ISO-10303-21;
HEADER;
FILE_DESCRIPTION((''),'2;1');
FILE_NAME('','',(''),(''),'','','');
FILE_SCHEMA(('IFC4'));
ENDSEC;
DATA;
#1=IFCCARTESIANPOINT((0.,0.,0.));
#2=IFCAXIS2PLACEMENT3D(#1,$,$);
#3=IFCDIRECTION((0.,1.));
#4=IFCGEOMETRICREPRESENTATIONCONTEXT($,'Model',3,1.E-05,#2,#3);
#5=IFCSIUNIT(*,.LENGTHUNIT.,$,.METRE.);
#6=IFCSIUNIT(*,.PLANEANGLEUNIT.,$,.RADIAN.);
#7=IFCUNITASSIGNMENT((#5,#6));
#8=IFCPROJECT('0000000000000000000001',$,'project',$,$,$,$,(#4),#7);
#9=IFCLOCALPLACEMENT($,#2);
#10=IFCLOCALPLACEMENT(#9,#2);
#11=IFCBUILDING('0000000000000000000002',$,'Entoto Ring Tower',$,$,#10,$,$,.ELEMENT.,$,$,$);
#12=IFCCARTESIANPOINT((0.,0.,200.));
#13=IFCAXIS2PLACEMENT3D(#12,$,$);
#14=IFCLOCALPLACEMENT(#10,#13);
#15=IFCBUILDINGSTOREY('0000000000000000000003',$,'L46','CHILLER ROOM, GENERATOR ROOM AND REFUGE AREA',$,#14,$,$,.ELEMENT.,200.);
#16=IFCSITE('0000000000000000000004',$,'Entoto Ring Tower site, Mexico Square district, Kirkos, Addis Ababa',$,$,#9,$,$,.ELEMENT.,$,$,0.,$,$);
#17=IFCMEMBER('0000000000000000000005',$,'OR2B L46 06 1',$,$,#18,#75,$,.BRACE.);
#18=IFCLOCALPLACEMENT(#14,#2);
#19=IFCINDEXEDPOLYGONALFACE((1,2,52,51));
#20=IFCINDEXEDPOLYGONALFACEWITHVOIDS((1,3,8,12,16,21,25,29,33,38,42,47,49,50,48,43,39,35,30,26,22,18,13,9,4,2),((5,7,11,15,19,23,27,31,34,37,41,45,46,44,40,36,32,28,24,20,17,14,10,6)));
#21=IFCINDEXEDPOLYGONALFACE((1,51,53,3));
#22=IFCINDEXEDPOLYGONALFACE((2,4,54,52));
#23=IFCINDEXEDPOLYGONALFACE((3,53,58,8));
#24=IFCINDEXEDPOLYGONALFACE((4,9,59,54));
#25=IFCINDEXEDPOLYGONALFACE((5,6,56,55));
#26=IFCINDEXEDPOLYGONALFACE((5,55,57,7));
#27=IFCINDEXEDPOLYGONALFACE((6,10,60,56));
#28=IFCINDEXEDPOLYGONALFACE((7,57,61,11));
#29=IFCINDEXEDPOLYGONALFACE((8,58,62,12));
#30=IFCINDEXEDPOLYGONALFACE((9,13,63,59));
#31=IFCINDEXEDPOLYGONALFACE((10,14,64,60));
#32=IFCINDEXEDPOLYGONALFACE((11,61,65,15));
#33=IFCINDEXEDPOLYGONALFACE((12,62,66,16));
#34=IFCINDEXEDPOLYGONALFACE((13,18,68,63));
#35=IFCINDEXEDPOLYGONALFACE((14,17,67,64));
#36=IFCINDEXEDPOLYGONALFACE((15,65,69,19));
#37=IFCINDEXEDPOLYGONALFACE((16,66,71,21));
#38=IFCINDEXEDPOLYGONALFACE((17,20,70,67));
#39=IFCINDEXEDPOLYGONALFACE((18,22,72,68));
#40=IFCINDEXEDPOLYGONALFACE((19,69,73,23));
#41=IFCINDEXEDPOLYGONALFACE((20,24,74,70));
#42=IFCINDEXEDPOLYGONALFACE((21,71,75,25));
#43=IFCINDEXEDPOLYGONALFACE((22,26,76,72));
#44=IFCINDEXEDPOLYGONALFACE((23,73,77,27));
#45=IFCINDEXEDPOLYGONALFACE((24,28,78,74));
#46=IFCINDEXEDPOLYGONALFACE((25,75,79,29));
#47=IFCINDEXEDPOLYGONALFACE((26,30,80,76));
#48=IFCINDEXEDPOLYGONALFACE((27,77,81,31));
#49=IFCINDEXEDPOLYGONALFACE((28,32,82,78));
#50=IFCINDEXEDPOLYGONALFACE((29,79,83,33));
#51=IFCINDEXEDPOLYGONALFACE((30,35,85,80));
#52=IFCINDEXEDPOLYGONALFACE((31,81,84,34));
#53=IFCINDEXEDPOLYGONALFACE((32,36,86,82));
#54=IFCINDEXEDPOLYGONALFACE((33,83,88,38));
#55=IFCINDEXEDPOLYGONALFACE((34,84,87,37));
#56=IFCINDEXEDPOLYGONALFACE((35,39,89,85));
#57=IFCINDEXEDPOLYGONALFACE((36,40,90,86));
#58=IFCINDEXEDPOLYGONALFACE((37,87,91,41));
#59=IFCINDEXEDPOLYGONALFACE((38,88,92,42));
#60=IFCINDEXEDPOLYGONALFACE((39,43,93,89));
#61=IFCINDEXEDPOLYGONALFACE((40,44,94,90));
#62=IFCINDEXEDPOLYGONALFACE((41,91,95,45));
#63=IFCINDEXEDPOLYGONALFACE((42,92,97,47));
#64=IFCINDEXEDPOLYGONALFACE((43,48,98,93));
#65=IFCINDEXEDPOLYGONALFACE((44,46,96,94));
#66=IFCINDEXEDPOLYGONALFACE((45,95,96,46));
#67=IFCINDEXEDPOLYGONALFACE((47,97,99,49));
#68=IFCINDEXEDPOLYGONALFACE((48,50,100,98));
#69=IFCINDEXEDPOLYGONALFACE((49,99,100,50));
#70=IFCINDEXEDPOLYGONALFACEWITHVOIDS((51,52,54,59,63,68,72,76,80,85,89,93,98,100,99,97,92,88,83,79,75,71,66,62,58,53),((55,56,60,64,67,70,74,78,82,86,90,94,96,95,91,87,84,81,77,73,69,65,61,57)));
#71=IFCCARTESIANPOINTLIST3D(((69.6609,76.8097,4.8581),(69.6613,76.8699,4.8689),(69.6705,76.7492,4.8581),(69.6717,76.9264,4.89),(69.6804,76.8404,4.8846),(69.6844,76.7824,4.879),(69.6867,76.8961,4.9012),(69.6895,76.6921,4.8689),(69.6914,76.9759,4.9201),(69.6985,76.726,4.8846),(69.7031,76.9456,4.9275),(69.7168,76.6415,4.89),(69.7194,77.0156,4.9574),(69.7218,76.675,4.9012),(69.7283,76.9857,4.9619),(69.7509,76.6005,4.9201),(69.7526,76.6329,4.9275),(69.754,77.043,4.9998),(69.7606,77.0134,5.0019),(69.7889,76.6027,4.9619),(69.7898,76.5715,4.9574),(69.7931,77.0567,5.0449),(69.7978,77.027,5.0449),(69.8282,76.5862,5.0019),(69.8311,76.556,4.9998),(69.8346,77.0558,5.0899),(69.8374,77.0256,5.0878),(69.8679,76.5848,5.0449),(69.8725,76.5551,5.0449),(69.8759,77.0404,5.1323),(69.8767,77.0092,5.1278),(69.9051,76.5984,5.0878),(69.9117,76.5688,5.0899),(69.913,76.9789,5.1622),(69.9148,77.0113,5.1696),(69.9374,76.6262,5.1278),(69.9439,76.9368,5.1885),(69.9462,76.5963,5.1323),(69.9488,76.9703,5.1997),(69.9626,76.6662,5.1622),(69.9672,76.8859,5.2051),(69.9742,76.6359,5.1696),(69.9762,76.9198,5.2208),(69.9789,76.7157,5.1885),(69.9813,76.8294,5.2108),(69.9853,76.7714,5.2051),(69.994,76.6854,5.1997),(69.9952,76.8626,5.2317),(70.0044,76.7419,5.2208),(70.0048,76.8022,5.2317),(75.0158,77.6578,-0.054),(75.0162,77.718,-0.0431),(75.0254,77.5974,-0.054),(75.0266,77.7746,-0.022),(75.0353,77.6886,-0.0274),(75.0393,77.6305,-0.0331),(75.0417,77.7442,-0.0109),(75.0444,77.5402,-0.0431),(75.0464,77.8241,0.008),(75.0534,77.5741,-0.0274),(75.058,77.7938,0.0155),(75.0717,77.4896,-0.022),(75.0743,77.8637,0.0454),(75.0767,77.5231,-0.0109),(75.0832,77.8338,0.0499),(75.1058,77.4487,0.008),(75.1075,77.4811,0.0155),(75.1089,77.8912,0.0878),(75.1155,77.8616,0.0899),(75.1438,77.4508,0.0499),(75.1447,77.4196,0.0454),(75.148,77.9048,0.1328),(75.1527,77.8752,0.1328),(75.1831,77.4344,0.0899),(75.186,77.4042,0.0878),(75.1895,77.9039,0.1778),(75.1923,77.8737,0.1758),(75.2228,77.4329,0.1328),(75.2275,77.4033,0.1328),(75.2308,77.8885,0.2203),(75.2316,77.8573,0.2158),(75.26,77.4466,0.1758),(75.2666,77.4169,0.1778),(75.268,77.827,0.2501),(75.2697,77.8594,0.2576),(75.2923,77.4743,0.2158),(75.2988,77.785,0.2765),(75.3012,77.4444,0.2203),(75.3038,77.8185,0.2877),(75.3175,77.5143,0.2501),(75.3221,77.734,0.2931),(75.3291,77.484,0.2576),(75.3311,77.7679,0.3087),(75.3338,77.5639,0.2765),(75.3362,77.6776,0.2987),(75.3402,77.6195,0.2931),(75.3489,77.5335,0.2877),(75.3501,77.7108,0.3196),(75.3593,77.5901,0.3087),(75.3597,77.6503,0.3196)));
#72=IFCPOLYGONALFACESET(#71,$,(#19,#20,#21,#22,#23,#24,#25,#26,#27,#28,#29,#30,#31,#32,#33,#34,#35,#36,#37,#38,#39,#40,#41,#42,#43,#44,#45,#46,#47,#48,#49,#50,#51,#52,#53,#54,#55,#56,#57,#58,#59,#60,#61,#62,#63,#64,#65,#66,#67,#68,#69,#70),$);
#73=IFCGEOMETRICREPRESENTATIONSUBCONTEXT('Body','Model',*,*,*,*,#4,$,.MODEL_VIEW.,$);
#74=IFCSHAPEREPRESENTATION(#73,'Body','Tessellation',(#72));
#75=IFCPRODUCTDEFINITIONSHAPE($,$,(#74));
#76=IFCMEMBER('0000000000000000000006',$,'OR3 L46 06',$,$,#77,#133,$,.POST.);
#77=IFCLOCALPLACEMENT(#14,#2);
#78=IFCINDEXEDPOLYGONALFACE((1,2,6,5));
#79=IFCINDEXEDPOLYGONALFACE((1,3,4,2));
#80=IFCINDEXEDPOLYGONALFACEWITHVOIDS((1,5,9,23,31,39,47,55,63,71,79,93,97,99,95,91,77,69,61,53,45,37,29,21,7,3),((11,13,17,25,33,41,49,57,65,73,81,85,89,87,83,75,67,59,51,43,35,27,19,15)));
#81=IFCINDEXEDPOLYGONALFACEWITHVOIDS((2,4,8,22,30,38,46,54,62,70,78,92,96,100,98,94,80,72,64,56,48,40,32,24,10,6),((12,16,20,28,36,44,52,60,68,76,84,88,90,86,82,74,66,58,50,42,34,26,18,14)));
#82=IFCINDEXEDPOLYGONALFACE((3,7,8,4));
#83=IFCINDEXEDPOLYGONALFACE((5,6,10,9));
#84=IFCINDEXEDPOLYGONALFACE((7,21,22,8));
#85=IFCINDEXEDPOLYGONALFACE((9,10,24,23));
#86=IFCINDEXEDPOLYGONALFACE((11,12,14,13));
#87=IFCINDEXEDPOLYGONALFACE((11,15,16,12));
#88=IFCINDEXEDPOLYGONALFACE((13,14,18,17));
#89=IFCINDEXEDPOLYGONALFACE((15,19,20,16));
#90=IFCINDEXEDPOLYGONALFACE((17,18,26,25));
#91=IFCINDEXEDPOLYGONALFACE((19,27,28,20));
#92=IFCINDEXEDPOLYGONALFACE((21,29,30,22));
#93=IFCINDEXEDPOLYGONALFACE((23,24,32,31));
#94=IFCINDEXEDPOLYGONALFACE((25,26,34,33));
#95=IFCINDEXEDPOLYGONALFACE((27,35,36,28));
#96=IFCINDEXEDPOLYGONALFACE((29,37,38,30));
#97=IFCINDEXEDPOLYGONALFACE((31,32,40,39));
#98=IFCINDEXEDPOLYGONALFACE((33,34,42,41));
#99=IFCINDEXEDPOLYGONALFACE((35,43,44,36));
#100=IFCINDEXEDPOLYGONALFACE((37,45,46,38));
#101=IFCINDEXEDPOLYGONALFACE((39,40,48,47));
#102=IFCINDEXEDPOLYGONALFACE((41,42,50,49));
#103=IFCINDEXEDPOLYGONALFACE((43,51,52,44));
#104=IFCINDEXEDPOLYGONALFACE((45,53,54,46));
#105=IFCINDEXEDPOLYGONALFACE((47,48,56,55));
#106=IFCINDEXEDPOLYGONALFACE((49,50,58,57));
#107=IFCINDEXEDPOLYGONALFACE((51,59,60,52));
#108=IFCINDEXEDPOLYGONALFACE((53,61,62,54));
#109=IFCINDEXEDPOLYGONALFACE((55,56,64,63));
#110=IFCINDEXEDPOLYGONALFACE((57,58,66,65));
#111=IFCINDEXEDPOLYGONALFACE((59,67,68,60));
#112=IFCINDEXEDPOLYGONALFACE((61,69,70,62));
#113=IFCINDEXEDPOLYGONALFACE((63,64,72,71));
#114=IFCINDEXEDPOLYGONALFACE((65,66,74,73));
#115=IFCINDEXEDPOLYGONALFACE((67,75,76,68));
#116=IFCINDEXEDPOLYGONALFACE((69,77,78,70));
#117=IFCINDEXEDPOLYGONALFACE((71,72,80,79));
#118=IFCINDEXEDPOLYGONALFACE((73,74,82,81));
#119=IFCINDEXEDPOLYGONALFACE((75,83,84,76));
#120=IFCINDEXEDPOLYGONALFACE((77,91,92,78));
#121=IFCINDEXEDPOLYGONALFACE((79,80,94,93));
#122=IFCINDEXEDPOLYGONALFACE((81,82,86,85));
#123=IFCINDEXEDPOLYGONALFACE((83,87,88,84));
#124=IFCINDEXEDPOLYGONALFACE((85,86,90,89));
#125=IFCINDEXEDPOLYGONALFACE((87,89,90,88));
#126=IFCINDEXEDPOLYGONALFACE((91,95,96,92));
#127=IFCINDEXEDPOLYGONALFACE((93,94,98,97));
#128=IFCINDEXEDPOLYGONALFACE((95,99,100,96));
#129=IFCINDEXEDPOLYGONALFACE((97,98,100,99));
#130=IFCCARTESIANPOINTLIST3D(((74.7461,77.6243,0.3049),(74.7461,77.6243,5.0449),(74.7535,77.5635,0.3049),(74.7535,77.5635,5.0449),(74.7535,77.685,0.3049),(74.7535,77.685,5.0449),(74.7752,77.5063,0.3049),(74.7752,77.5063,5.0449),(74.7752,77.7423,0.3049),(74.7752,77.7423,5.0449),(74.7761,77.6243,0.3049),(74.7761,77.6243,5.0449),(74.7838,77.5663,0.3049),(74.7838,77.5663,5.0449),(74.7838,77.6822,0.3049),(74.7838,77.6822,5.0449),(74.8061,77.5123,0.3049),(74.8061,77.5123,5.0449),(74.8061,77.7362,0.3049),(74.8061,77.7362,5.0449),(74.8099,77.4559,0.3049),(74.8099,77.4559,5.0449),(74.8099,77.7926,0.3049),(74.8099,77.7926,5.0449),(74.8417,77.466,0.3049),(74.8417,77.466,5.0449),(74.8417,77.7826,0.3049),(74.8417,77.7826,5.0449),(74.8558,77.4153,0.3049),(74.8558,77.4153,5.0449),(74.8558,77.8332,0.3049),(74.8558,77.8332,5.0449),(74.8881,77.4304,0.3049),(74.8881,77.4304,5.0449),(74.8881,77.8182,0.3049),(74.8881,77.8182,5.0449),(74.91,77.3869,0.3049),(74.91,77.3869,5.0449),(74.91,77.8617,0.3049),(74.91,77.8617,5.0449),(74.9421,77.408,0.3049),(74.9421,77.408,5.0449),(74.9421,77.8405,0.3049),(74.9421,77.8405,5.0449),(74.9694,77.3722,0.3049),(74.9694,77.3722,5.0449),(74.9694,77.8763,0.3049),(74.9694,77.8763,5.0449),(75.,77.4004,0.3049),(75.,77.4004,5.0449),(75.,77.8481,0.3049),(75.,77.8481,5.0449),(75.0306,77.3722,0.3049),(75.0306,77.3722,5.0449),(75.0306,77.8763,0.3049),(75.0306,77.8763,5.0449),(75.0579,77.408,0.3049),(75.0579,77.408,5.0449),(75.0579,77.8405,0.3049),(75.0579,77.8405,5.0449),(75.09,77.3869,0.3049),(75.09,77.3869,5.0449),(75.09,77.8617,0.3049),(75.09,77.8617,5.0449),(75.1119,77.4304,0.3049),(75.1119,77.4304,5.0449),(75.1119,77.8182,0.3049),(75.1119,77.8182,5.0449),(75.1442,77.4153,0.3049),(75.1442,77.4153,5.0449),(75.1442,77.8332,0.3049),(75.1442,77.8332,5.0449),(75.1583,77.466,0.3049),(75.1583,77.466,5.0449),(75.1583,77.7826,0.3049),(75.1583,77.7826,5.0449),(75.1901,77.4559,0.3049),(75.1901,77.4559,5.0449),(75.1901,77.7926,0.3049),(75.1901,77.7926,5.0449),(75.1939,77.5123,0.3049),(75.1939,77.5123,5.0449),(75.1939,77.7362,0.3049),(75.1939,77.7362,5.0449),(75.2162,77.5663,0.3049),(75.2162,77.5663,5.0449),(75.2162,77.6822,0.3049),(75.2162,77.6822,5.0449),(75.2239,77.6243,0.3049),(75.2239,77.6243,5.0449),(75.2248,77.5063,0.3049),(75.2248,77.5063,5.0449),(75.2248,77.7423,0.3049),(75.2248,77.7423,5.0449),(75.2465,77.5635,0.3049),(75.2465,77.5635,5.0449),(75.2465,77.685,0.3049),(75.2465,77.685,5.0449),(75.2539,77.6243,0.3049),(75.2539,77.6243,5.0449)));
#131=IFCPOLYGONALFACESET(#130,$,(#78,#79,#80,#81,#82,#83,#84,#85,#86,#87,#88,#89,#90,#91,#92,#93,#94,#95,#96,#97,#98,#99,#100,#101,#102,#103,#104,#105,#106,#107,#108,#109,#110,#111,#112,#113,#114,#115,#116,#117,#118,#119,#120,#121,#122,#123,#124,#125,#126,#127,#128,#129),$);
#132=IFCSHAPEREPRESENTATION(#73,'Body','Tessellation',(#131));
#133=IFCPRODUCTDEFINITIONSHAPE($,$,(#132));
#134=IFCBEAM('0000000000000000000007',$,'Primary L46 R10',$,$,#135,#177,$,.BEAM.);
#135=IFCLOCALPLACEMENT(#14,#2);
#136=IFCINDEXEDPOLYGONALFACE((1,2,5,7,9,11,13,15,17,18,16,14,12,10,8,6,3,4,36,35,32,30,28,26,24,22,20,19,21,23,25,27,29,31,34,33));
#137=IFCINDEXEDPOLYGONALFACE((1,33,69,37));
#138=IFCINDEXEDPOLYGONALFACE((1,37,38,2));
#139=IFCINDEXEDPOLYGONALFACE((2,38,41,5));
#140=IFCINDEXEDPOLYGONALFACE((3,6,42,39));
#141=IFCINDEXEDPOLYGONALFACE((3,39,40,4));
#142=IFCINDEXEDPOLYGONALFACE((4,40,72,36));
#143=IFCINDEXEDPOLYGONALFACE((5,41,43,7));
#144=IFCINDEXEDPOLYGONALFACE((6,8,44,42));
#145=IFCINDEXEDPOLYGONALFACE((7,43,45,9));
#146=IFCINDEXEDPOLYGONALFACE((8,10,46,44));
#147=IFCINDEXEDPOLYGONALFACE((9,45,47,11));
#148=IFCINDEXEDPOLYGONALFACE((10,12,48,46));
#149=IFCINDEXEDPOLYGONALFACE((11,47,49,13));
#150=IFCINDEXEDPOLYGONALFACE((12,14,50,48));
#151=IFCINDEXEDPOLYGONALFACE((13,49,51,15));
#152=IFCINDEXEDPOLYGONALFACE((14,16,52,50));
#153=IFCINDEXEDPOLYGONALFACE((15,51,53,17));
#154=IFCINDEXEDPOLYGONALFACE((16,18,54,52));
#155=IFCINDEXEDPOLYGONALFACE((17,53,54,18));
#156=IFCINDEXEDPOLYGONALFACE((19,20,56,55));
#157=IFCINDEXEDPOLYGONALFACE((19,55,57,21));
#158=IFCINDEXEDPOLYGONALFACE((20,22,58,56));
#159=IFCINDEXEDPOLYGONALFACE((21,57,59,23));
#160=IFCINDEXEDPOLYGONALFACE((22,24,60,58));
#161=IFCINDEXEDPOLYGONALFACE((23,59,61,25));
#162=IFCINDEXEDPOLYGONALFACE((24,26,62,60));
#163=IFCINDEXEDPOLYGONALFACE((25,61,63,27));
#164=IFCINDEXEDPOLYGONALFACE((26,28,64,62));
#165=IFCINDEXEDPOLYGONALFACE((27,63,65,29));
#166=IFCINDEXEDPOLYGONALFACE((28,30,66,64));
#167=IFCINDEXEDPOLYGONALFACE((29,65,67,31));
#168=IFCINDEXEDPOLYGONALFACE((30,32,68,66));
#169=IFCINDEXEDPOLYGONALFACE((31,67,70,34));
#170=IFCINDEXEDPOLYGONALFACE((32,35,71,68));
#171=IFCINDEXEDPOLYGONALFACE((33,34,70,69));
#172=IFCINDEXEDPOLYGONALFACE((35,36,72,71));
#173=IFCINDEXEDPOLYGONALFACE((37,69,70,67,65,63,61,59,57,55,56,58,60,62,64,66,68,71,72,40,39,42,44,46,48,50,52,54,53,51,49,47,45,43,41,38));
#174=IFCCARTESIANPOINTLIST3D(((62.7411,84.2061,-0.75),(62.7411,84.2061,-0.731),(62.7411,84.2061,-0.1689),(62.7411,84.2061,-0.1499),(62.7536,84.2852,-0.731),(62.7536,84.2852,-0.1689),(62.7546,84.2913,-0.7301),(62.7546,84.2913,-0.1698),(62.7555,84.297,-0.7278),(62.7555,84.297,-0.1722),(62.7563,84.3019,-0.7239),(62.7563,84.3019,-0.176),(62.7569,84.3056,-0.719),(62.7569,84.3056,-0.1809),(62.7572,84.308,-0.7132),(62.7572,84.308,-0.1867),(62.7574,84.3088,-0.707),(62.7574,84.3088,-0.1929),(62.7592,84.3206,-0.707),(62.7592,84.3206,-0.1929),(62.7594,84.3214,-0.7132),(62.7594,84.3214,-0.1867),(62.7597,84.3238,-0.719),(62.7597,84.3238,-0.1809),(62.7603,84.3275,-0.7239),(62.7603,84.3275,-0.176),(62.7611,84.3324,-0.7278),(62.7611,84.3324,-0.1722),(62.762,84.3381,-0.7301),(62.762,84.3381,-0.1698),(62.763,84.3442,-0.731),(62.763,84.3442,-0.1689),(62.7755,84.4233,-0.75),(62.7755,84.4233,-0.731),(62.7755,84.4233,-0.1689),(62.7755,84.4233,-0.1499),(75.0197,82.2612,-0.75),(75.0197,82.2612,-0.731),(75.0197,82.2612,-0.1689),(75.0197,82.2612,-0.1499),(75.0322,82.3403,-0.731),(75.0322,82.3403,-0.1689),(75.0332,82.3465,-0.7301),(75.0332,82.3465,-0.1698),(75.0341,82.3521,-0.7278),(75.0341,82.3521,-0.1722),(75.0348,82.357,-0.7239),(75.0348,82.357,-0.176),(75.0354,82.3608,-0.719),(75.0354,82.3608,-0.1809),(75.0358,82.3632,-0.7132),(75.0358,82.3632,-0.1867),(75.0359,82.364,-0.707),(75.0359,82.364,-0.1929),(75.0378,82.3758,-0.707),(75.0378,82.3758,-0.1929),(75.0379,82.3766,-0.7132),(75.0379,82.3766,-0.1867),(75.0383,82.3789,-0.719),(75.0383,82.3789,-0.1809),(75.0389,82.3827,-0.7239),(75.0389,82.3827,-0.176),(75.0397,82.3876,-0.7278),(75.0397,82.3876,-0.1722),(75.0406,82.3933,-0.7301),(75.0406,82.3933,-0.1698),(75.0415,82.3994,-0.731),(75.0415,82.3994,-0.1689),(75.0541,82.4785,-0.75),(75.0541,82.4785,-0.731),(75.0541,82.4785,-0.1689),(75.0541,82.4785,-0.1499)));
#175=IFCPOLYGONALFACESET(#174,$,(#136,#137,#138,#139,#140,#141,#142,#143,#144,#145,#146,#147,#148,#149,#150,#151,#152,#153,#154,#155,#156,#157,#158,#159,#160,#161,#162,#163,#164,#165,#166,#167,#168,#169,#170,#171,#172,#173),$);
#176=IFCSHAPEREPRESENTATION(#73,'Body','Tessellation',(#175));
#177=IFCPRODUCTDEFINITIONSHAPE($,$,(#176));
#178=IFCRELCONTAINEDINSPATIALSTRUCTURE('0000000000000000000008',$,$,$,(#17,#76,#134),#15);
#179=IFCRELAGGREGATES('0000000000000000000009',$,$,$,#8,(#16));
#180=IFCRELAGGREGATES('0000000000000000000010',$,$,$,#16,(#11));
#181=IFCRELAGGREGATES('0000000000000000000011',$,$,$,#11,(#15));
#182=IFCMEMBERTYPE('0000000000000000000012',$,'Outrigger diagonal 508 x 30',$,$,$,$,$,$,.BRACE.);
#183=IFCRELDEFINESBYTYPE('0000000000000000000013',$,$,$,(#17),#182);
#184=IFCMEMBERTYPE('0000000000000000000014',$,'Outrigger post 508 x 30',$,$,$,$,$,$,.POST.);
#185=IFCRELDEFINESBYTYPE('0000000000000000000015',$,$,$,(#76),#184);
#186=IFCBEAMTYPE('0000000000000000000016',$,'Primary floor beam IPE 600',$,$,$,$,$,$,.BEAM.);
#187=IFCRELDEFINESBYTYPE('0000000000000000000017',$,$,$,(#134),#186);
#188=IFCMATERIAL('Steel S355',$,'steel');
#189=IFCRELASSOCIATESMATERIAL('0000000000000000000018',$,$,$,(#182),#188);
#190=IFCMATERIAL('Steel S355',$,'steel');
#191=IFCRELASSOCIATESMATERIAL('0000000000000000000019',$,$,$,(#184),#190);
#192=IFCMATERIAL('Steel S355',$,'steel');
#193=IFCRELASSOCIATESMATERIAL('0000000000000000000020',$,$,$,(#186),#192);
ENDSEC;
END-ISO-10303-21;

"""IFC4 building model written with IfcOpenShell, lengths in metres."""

from ifc_helpers import new_model, si_unit, direction, frame, origin, origin_2d, place, context, subcontext, project, spatial, circle, hollow_circle, i_section, extrude, material, material_profile, profile_set, type_object, element, save


model = new_model("IFC4")

# Units and contexts
model_context = context("Model", 3, precision=1e-05, world=origin(), true_north=direction((0.0, 1.0)))
body_context = subcontext(model_context, "Body", "Model", "MODEL_VIEW")
ifc_project = project(units=[si_unit("LENGTHUNIT", "METRE"), si_unit("PLANEANGLEUNIT", "RADIAN")], contexts=[model_context])

# Site, building, storey
site_placement = place(None, origin())
site = spatial("IfcSite", under=ifc_project, at=site_placement, Name="Entoto Ring Tower site, Mexico Square district, Kirkos, Addis Ababa", CompositionType="ELEMENT", RefElevation=0.0)
building_placement = place(site_placement, origin())
building = spatial("IfcBuilding", under=site, at=building_placement, Name="Entoto Ring Tower", CompositionType="ELEMENT")
storey_placement = place(building_placement, frame((0.0, 0.0, 200.0)))
storey = spatial("IfcBuildingStorey", under=building, at=storey_placement, Name="L46", Description="CHILLER ROOM, GENERATOR ROOM AND REFUGE AREA", CompositionType="ELEMENT", Elevation=200.0)

# Members
ifc_material_1 = material(Name="Steel S355", Category="steel")
ifc_material_profile_1 = material_profile(ifc_material_1, hollow_circle(Radius=0.2539, WallThickness=0.03, at=origin_2d()), Name="CHS 508 x 30")
ifc_material_2 = material(Name="Concrete C60/75", Category="concrete")
ifc_material_profile_2 = material_profile(ifc_material_2, circle(Radius=0.2241, at=origin_2d()), Name="Concrete C60/75 infill")
ifc_profile_set_1 = profile_set([ifc_material_profile_1, ifc_material_profile_2], Name="Steel S355")
member_type_1 = type_object("IfcMemberType", Name="Outrigger diagonal 508 x 30", PredefinedType="BRACE", material=ifc_profile_set_1)
member_1_placement = place(storey_placement, frame((75.1877, 77.6541, 0.1328), z_axis=(-0.731954, -0.11593, 0.671419), x_axis=(0.156434, -0.987688, 0.0)))
element("IfcMember", 1, at=member_1_placement, inside=storey, type_object=member_type_1, Name="OR2B L46 06 1", PredefinedType="BRACE", context=body_context, shape_type="SweptSolid", body=[
    extrude(hollow_circle(Radius=0.2539, WallThickness=0.03, at=origin_2d()), origin(), (0.0, 0.0, 1.0), 7.3159),
])
ifc_material_3 = material(Name="Steel S355", Category="steel")
ifc_material_profile_3 = material_profile(ifc_material_3, hollow_circle(Radius=0.2539, WallThickness=0.03, at=origin_2d()), Name="CHS 508 x 30")
ifc_material_4 = material(Name="Concrete C60/75", Category="concrete")
ifc_material_profile_4 = material_profile(ifc_material_4, circle(Radius=0.2241, at=origin_2d()), Name="Concrete C60/75 infill")
ifc_profile_set_2 = profile_set([ifc_material_profile_3, ifc_material_profile_4], Name="Steel S355")
member_type_2 = type_object("IfcMemberType", Name="Outrigger post 508 x 30", PredefinedType="POST", material=ifc_profile_set_2)
member_2_placement = place(storey_placement, frame((75.0, 77.6243, 0.3049), z_axis=(0.0, 0.0, 1.0), x_axis=(1.0, 0.0, 0.0)))
element("IfcMember", 2, at=member_2_placement, inside=storey, type_object=member_type_2, Name="OR3 L46 06", PredefinedType="POST", context=body_context, shape_type="SweptSolid", body=[
    extrude(hollow_circle(Radius=0.2539, WallThickness=0.03, at=origin_2d()), origin(), (0.0, 0.0, 1.0), 4.74),
])

# Beam
ifc_material_5 = material(Name="Steel S355", Category="steel")
ifc_material_profile_5 = material_profile(ifc_material_5, i_section(OverallWidth=0.22, OverallDepth=0.6001, WebThickness=0.012, FlangeThickness=0.019, FilletRadius=0.0239, at=origin_2d()), Name="IPE 600")
ifc_profile_set_3 = profile_set([ifc_material_profile_5], Name="Steel S355")
beam_type_1 = type_object("IfcBeamType", Name="Primary floor beam IPE 600", PredefinedType="BEAM", material=ifc_profile_set_3)
for number, where, z_axis, x_axis, name in (
    (3, (75.0369, 82.3699, -0.45), (-0.987687, 0.156442, 0.0), (-0.156442, -0.987687, 0.0), "Primary L46 R10"),
):
    element("IfcBeam", number, at=place(storey_placement, frame(where, z_axis=z_axis, x_axis=x_axis)), inside=storey, type_object=beam_type_1, Name=name, PredefinedType="BEAM", context=body_context, shape_type="SweptSolid", body=[
        extrude(i_section(OverallWidth=0.22, OverallDepth=0.6001, WebThickness=0.012, FlangeThickness=0.019, FilletRadius=0.0239, at=origin_2d()), origin(), (0.0, 0.0, 1.0), 12.4316),
    ])

save(model, "model.ifc")
